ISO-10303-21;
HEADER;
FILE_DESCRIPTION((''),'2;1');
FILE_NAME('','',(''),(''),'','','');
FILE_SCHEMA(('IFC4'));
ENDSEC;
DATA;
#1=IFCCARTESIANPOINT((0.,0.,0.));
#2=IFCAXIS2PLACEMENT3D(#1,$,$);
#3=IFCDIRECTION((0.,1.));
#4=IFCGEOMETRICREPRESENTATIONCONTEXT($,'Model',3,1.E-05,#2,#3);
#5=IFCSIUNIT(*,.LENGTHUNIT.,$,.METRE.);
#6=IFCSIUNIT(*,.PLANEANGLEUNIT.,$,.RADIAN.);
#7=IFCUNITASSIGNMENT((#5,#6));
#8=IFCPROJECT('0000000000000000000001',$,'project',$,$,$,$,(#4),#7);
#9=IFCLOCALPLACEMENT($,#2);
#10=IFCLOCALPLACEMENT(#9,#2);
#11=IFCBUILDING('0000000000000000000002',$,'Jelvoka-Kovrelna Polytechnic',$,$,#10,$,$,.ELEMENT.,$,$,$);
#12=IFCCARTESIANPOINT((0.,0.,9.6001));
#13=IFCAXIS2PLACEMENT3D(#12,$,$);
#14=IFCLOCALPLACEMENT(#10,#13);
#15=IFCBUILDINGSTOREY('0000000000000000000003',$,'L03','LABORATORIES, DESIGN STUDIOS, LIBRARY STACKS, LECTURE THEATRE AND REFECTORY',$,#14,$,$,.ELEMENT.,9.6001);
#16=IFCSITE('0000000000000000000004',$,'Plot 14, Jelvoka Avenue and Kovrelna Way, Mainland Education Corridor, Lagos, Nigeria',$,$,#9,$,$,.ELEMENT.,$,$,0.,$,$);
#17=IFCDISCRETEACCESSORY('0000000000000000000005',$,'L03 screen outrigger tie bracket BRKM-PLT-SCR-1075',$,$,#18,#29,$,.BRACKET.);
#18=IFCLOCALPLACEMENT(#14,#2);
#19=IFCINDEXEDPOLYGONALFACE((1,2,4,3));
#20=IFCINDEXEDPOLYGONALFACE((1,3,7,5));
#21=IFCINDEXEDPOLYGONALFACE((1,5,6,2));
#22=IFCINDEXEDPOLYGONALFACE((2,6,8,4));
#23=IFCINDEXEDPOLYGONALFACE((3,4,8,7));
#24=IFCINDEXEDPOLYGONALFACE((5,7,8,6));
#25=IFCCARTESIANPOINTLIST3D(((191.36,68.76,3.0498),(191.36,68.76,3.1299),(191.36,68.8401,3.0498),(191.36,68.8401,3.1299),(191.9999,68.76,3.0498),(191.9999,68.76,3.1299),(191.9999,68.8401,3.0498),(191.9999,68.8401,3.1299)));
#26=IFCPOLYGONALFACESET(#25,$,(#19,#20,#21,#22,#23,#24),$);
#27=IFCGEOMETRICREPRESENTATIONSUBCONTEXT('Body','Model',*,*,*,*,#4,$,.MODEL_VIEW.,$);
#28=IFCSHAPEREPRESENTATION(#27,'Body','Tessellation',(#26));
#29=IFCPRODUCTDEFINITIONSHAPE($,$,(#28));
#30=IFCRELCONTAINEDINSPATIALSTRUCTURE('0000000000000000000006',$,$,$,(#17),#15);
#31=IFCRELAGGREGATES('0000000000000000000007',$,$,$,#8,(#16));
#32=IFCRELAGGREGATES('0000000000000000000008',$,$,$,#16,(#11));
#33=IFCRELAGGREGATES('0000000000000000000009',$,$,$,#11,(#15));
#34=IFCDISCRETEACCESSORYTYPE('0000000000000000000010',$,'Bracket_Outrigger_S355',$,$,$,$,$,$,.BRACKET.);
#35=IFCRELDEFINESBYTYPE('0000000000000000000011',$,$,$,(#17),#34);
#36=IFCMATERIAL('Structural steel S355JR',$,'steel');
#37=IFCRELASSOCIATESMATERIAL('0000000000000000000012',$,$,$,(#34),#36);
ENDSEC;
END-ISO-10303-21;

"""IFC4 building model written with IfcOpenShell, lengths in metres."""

from ifc_helpers import new_model, si_unit, direction, frame, origin, origin_2d, place, context, subcontext, project, spatial, rectangle, extrude, material, type_object, element, save


model = new_model("IFC4")

# Units and contexts
model_context = context("Model", 3, precision=1e-05, world=origin(), true_north=direction((0.0, 1.0)))
body_context = subcontext(model_context, "Body", "Model", "MODEL_VIEW")
ifc_project = project(units=[si_unit("LENGTHUNIT", "METRE"), si_unit("PLANEANGLEUNIT", "RADIAN")], contexts=[model_context])

# Site, building, storey
site_placement = place(None, origin())
site = spatial("IfcSite", under=ifc_project, at=site_placement, Name="Plot 14, Jelvoka Avenue and Kovrelna Way, Mainland Education Corridor, Lagos, Nigeria", CompositionType="ELEMENT", RefElevation=0.0)
building_placement = place(site_placement, origin())
building = spatial("IfcBuilding", under=site, at=building_placement, Name="Jelvoka-Kovrelna Polytechnic", CompositionType="ELEMENT")
storey_placement = place(building_placement, frame((0.0, 0.0, 9.6001)))
storey = spatial("IfcBuildingStorey", under=building, at=storey_placement, Name="L03", Description="LABORATORIES, DESIGN STUDIOS, LIBRARY STACKS, LECTURE THEATRE AND REFECTORY", CompositionType="ELEMENT", Elevation=9.6001)

# Discrete accessory
ifc_material_1 = material(Name="Structural steel S355JR", Category="steel")
discrete_accessory_type = type_object("IfcDiscreteAccessoryType", Name="Bracket_Outrigger_S355", PredefinedType="BRACKET", material=ifc_material_1)
for number, where, z_axis, x_axis, name in (
    (1, (191.6799, 68.8, 3.0498), (0.0, 0.0, 1.0), (1.0, 0.0, 0.0), "L03 screen outrigger tie bracket BRKM-PLT-SCR-1075"),
):
    element("IfcDiscreteAccessory", number, at=place(storey_placement, frame(where, z_axis=z_axis, x_axis=x_axis)), inside=storey, type_object=discrete_accessory_type, Name=name, PredefinedType="BRACKET", context=body_context, shape_type="SweptSolid", body=[
        extrude(rectangle(XDim=0.6399, YDim=0.0801, at=origin_2d()), origin(), (0.0, 0.0, 1.0), 0.0801),
    ])

save(model, "model.ifc")
